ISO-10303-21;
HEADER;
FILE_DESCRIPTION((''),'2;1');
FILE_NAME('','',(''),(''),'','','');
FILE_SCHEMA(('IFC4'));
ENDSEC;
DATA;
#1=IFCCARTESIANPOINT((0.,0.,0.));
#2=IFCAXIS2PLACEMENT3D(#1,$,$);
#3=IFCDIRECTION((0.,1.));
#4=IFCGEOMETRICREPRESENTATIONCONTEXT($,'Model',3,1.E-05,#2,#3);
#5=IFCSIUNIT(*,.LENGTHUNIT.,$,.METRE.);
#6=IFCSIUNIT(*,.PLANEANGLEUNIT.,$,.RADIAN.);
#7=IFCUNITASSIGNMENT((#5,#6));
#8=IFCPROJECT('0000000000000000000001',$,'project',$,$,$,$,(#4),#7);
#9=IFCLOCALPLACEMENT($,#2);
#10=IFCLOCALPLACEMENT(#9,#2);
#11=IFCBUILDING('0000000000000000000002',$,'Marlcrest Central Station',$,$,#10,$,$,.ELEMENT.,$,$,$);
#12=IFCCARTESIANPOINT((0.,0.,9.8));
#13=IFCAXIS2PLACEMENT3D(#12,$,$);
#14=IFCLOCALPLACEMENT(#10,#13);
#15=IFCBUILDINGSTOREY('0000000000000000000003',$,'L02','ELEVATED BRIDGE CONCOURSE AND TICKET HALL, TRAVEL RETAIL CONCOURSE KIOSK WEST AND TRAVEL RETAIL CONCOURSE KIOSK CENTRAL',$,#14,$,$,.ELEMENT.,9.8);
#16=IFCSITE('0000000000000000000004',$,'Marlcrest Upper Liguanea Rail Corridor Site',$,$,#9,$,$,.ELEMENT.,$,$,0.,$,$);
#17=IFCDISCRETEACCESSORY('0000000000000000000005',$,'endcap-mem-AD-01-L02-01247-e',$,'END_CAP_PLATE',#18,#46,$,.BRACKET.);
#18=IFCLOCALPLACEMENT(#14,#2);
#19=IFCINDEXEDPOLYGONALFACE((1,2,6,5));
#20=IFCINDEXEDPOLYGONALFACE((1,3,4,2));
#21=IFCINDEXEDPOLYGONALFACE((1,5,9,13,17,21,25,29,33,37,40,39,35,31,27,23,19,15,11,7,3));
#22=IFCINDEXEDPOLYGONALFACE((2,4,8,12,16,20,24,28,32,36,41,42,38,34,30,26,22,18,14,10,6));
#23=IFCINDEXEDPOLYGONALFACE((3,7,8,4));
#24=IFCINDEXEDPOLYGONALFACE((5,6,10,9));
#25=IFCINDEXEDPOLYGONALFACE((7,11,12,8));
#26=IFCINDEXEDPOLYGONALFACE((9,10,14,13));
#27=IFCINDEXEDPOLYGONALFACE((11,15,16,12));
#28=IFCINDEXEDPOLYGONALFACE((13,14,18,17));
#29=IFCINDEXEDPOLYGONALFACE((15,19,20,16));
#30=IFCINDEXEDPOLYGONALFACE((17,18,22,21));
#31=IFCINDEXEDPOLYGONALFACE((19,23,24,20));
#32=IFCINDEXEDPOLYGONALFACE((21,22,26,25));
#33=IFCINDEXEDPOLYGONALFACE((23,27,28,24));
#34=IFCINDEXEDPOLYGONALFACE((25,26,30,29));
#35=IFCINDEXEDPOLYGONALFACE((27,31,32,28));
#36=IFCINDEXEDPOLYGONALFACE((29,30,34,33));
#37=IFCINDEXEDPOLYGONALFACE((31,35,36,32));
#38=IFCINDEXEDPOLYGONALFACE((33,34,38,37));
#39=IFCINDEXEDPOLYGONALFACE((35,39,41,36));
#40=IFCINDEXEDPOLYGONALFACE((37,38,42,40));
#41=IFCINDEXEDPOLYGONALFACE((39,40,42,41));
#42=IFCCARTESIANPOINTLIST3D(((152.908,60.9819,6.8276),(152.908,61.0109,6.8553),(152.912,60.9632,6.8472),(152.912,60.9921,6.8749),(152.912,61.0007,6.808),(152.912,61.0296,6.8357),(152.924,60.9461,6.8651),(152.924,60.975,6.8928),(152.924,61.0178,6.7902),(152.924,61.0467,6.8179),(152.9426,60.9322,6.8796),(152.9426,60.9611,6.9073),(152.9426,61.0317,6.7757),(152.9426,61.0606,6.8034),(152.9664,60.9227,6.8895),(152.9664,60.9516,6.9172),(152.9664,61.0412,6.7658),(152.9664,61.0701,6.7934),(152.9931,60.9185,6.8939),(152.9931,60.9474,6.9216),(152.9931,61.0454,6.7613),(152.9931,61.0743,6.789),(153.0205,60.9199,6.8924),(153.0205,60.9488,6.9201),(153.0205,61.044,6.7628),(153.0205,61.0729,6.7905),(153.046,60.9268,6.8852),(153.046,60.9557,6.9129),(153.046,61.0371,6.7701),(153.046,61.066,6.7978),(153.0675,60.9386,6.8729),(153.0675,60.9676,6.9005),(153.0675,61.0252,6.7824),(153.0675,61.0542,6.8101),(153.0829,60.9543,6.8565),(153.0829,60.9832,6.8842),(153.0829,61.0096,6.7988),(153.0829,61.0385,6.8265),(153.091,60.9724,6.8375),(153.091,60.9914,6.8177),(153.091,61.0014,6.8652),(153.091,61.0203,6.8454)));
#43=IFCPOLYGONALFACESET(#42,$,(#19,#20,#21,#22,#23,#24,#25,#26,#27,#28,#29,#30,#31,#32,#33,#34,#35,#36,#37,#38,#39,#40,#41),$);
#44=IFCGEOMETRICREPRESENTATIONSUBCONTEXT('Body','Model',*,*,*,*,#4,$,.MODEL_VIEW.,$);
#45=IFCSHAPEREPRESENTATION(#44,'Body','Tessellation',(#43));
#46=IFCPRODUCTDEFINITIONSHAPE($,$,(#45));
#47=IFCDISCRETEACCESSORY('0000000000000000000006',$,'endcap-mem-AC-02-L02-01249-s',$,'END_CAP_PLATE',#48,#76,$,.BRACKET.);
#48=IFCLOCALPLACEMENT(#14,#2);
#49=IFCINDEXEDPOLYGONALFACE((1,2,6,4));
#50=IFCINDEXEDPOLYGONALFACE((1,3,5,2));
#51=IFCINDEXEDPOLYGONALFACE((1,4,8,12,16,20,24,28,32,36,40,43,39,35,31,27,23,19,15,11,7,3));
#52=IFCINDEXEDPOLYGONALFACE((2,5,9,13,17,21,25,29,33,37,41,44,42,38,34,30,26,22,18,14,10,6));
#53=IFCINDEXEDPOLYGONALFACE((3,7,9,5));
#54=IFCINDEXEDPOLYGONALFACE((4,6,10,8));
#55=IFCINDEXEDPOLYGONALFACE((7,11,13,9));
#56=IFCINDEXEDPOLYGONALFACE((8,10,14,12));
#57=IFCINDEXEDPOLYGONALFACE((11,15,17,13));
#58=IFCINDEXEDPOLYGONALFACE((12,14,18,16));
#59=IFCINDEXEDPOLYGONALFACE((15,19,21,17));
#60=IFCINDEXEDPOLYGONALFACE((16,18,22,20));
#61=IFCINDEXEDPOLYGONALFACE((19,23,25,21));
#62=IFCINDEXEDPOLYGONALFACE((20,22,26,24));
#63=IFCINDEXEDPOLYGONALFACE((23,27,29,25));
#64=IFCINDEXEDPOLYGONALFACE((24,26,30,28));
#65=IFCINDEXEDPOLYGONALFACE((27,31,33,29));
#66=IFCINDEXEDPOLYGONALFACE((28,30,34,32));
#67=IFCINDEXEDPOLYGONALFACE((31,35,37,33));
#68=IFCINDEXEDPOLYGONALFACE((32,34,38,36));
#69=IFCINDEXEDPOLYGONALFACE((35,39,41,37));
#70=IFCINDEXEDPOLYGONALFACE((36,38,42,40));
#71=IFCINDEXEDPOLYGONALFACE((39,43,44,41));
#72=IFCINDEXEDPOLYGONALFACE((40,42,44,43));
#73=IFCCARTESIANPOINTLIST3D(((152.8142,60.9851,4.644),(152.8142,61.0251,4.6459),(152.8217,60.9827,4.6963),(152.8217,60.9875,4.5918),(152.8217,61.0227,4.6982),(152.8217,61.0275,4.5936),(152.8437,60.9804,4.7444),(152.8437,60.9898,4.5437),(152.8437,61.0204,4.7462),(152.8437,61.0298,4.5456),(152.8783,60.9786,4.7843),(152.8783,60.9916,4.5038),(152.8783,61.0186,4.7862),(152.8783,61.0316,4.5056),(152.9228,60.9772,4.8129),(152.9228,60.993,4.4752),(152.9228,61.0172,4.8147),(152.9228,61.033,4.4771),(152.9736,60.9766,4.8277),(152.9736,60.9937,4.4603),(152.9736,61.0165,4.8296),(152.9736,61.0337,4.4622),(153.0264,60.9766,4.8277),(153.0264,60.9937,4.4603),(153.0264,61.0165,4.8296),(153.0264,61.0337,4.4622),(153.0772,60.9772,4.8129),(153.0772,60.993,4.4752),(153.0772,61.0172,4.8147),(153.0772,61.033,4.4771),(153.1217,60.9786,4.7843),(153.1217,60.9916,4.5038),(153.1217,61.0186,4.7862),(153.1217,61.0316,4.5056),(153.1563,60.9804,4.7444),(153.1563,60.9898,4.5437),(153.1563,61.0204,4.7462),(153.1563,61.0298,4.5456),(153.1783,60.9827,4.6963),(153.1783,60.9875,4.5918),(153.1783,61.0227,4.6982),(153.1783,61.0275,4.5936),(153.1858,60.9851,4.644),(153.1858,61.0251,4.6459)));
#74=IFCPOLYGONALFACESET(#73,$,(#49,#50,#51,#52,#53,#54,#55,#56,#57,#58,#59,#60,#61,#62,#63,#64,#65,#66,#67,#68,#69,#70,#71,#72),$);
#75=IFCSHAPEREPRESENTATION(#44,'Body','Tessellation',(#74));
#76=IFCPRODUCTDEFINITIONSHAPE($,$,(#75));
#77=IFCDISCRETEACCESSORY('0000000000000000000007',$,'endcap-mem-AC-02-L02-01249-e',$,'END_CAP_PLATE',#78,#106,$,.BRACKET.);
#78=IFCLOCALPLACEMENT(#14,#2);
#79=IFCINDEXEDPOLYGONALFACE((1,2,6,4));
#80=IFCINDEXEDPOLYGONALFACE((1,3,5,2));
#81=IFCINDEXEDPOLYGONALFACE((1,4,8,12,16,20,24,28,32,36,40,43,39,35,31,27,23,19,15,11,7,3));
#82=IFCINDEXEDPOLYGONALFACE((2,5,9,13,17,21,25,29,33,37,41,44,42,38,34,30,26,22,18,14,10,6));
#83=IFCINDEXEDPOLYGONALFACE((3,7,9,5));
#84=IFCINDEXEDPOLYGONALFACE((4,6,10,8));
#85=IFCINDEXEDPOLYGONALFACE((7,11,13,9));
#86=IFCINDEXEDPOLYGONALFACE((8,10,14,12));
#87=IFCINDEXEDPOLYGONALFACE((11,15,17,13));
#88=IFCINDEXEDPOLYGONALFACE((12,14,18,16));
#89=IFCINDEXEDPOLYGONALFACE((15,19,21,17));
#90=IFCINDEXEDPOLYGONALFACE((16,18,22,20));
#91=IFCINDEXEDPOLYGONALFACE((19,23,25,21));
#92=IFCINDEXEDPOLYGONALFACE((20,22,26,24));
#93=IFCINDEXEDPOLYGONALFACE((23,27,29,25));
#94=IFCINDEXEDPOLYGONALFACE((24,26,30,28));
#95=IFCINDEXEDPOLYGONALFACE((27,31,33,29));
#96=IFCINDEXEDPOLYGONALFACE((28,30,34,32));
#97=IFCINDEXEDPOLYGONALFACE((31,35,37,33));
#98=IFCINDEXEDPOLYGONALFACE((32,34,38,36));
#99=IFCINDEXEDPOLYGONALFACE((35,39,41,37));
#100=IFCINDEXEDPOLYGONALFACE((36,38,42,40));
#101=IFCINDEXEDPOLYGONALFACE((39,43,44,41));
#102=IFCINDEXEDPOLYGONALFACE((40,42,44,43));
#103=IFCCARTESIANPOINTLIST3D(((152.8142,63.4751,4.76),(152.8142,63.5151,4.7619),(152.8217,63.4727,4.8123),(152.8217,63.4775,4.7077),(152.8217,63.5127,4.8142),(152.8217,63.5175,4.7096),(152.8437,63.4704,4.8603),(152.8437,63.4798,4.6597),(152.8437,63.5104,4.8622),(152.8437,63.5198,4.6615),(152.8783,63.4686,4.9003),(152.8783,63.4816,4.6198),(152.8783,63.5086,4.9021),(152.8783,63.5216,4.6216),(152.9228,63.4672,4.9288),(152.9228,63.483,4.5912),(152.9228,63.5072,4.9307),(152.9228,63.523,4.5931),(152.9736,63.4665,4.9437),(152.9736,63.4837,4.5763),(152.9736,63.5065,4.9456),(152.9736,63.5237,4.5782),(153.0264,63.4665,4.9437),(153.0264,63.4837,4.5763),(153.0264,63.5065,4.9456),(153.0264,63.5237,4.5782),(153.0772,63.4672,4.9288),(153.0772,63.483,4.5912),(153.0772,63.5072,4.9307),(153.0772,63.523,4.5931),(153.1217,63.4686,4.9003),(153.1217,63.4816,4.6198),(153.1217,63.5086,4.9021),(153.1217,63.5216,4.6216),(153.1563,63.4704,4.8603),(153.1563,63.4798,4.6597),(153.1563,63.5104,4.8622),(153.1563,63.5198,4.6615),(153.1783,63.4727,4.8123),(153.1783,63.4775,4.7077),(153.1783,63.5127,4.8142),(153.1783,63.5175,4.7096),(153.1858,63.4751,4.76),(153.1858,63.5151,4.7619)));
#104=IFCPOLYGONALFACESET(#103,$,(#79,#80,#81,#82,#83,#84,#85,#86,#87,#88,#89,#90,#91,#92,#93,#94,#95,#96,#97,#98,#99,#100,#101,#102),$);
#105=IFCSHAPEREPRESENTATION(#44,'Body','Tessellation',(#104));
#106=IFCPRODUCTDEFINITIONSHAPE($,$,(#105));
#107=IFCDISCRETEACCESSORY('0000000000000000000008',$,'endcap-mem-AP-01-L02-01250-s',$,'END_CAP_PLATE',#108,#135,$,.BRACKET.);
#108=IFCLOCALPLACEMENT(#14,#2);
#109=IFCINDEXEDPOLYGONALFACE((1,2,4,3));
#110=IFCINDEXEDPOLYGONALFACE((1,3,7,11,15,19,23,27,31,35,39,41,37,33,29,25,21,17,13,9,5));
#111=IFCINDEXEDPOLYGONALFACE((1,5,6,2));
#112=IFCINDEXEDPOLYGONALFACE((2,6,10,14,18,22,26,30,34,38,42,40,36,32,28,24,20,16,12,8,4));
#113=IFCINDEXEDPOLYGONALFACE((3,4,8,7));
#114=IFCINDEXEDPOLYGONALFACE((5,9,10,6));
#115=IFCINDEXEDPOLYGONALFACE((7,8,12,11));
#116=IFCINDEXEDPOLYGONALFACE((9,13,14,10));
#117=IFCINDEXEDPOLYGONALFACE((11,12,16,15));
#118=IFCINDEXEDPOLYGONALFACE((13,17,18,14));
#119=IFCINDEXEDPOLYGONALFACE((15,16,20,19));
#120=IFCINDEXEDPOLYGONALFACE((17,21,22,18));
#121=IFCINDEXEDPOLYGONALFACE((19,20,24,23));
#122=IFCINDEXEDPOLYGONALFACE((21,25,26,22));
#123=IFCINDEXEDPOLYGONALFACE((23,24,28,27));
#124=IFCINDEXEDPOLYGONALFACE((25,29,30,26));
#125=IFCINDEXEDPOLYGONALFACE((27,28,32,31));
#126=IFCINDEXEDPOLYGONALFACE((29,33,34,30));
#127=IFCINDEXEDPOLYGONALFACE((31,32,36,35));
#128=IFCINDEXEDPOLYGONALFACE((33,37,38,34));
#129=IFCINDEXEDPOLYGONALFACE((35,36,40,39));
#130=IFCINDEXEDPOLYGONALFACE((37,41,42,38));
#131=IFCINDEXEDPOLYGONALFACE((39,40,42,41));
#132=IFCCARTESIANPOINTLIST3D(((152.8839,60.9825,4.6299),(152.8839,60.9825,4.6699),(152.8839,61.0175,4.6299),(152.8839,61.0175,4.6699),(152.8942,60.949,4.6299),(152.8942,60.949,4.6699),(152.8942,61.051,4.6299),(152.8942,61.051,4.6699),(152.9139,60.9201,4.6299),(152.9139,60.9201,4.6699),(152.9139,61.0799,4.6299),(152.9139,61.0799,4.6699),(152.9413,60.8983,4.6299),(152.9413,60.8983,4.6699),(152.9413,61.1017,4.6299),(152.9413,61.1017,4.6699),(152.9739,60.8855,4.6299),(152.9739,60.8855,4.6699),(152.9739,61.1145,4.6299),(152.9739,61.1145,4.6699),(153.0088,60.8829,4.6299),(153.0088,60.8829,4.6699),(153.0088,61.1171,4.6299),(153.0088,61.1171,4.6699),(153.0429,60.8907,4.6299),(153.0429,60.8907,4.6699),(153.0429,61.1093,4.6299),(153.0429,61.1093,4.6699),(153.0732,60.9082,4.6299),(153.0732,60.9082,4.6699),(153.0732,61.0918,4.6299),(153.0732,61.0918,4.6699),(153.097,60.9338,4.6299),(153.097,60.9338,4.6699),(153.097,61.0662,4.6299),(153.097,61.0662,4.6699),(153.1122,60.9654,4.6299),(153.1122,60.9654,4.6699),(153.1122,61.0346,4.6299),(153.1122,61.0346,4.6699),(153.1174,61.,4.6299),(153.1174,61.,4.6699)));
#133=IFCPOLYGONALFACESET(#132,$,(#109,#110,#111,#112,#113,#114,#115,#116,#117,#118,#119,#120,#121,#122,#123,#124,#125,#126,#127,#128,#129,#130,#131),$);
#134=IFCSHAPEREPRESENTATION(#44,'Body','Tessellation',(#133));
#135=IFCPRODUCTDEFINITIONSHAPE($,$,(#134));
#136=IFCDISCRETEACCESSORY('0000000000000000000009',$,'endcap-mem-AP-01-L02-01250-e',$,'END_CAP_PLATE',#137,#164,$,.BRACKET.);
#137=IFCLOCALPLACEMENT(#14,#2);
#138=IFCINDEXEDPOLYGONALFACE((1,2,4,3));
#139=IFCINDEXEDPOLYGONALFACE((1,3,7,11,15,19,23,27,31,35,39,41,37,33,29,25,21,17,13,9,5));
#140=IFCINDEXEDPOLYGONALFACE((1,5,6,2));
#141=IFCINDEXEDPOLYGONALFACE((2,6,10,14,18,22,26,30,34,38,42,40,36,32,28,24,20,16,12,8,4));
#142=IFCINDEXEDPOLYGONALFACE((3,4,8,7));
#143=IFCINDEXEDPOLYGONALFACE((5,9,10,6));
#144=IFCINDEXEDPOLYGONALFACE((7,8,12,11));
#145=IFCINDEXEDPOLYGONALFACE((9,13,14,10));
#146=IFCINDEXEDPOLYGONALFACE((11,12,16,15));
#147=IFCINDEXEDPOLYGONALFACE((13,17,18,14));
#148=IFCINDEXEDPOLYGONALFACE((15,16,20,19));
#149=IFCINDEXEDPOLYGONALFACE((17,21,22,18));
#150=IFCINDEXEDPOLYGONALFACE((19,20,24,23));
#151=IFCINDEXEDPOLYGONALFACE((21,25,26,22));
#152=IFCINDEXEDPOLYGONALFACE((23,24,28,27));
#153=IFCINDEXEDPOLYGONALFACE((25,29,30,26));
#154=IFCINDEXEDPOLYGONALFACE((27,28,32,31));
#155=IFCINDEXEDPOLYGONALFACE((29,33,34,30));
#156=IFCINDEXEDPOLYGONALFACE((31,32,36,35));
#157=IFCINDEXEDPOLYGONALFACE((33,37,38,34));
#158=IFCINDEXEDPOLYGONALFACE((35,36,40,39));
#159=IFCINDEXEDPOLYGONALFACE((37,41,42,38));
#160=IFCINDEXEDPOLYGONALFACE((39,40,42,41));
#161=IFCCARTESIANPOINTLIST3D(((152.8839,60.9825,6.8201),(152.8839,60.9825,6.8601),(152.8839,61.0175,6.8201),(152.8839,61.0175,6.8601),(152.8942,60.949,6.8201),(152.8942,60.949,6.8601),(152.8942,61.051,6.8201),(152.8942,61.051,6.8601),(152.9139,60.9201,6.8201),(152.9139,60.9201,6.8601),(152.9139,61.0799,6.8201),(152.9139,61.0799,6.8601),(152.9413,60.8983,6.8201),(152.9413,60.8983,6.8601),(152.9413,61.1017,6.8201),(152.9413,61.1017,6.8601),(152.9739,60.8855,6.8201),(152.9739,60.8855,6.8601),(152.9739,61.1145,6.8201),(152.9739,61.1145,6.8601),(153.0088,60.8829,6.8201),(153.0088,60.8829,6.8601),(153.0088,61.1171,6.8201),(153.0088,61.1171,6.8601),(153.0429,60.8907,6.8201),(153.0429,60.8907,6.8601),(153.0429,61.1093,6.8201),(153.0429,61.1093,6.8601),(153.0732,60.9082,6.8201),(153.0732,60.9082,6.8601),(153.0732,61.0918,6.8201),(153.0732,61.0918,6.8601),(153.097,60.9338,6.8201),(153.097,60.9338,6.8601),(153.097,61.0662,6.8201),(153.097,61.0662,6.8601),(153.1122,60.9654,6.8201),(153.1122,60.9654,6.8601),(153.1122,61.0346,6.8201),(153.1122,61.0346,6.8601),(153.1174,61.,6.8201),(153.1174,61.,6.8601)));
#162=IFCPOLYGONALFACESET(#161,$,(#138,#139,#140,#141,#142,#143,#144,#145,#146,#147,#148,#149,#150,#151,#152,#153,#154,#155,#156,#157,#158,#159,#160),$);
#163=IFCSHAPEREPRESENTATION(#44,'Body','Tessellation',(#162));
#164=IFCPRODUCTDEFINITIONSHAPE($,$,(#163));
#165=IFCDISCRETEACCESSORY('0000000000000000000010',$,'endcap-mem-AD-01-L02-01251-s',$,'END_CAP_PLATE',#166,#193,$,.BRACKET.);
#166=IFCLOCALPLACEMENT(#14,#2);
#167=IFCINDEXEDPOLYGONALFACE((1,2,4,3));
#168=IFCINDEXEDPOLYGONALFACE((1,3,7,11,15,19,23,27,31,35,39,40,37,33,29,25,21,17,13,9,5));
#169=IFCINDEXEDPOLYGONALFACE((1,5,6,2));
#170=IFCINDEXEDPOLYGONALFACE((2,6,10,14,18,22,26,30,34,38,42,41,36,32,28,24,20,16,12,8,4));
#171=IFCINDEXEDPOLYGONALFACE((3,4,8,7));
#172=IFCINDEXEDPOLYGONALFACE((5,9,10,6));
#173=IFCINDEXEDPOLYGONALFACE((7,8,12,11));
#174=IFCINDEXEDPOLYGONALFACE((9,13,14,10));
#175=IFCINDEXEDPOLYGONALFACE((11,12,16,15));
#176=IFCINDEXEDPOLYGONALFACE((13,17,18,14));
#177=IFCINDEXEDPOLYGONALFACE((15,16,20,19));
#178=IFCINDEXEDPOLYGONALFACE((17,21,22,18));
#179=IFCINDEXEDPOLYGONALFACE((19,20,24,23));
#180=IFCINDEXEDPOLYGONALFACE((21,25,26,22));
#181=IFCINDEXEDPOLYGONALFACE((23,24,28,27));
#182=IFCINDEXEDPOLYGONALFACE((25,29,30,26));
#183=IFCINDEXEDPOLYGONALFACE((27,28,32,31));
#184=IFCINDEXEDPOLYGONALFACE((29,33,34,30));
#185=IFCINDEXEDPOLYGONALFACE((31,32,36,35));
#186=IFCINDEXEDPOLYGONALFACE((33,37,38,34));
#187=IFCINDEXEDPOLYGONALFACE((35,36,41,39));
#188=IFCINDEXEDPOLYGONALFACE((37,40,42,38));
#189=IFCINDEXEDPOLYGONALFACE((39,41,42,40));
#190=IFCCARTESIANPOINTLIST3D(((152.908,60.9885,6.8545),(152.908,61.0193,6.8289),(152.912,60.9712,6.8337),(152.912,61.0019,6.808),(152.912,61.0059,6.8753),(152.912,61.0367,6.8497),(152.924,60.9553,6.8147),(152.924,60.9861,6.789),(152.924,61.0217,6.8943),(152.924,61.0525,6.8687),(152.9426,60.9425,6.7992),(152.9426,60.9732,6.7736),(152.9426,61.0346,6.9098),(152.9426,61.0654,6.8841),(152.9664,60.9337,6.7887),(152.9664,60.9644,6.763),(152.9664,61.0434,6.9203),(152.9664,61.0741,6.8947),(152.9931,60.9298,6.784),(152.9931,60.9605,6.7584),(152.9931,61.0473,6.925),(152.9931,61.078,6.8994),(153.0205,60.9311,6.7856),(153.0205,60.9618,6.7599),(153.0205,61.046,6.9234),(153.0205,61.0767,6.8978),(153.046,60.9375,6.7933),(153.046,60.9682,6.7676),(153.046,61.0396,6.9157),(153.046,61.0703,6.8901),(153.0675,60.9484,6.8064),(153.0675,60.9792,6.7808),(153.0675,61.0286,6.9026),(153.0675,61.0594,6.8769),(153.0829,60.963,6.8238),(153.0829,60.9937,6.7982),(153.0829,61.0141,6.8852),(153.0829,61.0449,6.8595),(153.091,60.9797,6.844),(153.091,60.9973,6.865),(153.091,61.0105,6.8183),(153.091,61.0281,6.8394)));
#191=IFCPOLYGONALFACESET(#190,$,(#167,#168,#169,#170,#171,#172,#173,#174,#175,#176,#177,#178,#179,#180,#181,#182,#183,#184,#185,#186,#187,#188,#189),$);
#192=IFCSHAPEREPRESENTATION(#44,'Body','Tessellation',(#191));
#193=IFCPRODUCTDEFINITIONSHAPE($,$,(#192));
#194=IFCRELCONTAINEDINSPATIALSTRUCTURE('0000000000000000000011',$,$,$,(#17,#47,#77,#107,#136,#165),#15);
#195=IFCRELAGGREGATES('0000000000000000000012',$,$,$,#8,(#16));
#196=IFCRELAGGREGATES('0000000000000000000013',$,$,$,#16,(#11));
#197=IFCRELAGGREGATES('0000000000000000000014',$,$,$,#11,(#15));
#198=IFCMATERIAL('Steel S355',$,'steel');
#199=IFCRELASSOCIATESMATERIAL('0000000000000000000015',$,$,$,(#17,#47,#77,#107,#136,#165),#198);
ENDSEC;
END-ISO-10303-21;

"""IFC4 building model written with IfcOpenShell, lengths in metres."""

from ifc_helpers import new_model, si_unit, direction, frame, origin, origin_2d, place, context, subcontext, project, spatial, circle, extrude, material, element, save


model = new_model("IFC4")

# Units and contexts
model_context = context("Model", 3, precision=1e-05, world=origin(), true_north=direction((0.0, 1.0)))
body_context = subcontext(model_context, "Body", "Model", "MODEL_VIEW")
ifc_project = project(units=[si_unit("LENGTHUNIT", "METRE"), si_unit("PLANEANGLEUNIT", "RADIAN")], contexts=[model_context])

# Site, building, storey
site_placement = place(None, origin())
site = spatial("IfcSite", under=ifc_project, at=site_placement, Name="Marlcrest Upper Liguanea Rail Corridor Site", CompositionType="ELEMENT", RefElevation=0.0)
building_placement = place(site_placement, origin())
building = spatial("IfcBuilding", under=site, at=building_placement, Name="Marlcrest Central Station", CompositionType="ELEMENT")
storey_placement = place(building_placement, frame((0.0, 0.0, 9.8)))
storey = spatial("IfcBuildingStorey", under=building, at=storey_placement, Name="L02", Description="ELEVATED BRIDGE CONCOURSE AND TICKET HALL, TRAVEL RETAIL CONCOURSE KIOSK WEST AND TRAVEL RETAIL CONCOURSE KIOSK CENTRAL", CompositionType="ELEMENT", Elevation=9.8)

# Shared definitions
ifc_material = material(Name="Steel S355", Category="steel")

# Discrete accessories
for number, where, z_axis, x_axis, name in (
    (1, (153.0, 60.9819, 6.8276), (0.0, 0.722247, 0.691636), (-1.0, 0.0, 0.0), "endcap-mem-AD-01-L02-01247-e"),
):
    element("IfcDiscreteAccessory", number, at=place(storey_placement, frame(where, z_axis=z_axis, x_axis=x_axis)), inside=storey, material=ifc_material, Name=name, ObjectType="END_CAP_PLATE", PredefinedType="BRACKET", context=body_context, shape_type="SweptSolid", body=[
        extrude(circle(Radius=0.092, at=origin_2d()), origin(), (0.0, 0.0, 1.0), 0.04),
    ])
for number, where, z_axis, x_axis, name in (
    (2, (153.0, 60.9851, 4.644), (0.0, 0.998917, 0.046532), (-1.0, 0.0, 0.0), "endcap-mem-AC-02-L02-01249-s"),
    (3, (153.0, 63.4751, 4.76), (0.0, 0.998917, 0.046532), (-1.0, 0.0, 0.0), "endcap-mem-AC-02-L02-01249-e"),
):
    element("IfcDiscreteAccessory", number, at=place(storey_placement, frame(where, z_axis=z_axis, x_axis=x_axis)), inside=storey, material=ifc_material, Name=name, ObjectType="END_CAP_PLATE", PredefinedType="BRACKET", context=body_context, shape_type="SweptSolid", body=[
        extrude(circle(Radius=0.1858, at=origin_2d()), origin(), (0.0, 0.0, 1.0), 0.04),
    ])
for number, where, z_axis, x_axis, name in (
    (4, (153.0, 61.0, 4.6299), (0.0, 0.0, 1.0), (1.0, 0.0, 0.0), "endcap-mem-AP-01-L02-01250-s"),
    (5, (153.0, 61.0, 6.8201), (0.0, 0.0, 1.0), (1.0, 0.0, 0.0), "endcap-mem-AP-01-L02-01250-e"),
):
    element("IfcDiscreteAccessory", number, at=place(storey_placement, frame(where, z_axis=z_axis, x_axis=x_axis)), inside=storey, material=ifc_material, Name=name, ObjectType="END_CAP_PLATE", PredefinedType="BRACKET", context=body_context, shape_type="SweptSolid", body=[
        extrude(circle(Radius=0.1174, at=origin_2d()), origin(), (0.0, 0.0, 1.0), 0.04),
    ])
discrete_accessory_1_placement = place(storey_placement, frame((153.0, 60.9885, 6.8545), z_axis=(0.0, 0.76816, -0.640258), x_axis=(-1.0, 0.0, 0.0)))
element("IfcDiscreteAccessory", 6, at=discrete_accessory_1_placement, inside=storey, material=ifc_material, Name="endcap-mem-AD-01-L02-01251-s", ObjectType="END_CAP_PLATE", PredefinedType="BRACKET", context=body_context, shape_type="SweptSolid", body=[
    extrude(circle(Radius=0.092, at=origin_2d()), origin(), (0.0, 0.0, 1.0), 0.04),
])

save(model, "model.ifc")
